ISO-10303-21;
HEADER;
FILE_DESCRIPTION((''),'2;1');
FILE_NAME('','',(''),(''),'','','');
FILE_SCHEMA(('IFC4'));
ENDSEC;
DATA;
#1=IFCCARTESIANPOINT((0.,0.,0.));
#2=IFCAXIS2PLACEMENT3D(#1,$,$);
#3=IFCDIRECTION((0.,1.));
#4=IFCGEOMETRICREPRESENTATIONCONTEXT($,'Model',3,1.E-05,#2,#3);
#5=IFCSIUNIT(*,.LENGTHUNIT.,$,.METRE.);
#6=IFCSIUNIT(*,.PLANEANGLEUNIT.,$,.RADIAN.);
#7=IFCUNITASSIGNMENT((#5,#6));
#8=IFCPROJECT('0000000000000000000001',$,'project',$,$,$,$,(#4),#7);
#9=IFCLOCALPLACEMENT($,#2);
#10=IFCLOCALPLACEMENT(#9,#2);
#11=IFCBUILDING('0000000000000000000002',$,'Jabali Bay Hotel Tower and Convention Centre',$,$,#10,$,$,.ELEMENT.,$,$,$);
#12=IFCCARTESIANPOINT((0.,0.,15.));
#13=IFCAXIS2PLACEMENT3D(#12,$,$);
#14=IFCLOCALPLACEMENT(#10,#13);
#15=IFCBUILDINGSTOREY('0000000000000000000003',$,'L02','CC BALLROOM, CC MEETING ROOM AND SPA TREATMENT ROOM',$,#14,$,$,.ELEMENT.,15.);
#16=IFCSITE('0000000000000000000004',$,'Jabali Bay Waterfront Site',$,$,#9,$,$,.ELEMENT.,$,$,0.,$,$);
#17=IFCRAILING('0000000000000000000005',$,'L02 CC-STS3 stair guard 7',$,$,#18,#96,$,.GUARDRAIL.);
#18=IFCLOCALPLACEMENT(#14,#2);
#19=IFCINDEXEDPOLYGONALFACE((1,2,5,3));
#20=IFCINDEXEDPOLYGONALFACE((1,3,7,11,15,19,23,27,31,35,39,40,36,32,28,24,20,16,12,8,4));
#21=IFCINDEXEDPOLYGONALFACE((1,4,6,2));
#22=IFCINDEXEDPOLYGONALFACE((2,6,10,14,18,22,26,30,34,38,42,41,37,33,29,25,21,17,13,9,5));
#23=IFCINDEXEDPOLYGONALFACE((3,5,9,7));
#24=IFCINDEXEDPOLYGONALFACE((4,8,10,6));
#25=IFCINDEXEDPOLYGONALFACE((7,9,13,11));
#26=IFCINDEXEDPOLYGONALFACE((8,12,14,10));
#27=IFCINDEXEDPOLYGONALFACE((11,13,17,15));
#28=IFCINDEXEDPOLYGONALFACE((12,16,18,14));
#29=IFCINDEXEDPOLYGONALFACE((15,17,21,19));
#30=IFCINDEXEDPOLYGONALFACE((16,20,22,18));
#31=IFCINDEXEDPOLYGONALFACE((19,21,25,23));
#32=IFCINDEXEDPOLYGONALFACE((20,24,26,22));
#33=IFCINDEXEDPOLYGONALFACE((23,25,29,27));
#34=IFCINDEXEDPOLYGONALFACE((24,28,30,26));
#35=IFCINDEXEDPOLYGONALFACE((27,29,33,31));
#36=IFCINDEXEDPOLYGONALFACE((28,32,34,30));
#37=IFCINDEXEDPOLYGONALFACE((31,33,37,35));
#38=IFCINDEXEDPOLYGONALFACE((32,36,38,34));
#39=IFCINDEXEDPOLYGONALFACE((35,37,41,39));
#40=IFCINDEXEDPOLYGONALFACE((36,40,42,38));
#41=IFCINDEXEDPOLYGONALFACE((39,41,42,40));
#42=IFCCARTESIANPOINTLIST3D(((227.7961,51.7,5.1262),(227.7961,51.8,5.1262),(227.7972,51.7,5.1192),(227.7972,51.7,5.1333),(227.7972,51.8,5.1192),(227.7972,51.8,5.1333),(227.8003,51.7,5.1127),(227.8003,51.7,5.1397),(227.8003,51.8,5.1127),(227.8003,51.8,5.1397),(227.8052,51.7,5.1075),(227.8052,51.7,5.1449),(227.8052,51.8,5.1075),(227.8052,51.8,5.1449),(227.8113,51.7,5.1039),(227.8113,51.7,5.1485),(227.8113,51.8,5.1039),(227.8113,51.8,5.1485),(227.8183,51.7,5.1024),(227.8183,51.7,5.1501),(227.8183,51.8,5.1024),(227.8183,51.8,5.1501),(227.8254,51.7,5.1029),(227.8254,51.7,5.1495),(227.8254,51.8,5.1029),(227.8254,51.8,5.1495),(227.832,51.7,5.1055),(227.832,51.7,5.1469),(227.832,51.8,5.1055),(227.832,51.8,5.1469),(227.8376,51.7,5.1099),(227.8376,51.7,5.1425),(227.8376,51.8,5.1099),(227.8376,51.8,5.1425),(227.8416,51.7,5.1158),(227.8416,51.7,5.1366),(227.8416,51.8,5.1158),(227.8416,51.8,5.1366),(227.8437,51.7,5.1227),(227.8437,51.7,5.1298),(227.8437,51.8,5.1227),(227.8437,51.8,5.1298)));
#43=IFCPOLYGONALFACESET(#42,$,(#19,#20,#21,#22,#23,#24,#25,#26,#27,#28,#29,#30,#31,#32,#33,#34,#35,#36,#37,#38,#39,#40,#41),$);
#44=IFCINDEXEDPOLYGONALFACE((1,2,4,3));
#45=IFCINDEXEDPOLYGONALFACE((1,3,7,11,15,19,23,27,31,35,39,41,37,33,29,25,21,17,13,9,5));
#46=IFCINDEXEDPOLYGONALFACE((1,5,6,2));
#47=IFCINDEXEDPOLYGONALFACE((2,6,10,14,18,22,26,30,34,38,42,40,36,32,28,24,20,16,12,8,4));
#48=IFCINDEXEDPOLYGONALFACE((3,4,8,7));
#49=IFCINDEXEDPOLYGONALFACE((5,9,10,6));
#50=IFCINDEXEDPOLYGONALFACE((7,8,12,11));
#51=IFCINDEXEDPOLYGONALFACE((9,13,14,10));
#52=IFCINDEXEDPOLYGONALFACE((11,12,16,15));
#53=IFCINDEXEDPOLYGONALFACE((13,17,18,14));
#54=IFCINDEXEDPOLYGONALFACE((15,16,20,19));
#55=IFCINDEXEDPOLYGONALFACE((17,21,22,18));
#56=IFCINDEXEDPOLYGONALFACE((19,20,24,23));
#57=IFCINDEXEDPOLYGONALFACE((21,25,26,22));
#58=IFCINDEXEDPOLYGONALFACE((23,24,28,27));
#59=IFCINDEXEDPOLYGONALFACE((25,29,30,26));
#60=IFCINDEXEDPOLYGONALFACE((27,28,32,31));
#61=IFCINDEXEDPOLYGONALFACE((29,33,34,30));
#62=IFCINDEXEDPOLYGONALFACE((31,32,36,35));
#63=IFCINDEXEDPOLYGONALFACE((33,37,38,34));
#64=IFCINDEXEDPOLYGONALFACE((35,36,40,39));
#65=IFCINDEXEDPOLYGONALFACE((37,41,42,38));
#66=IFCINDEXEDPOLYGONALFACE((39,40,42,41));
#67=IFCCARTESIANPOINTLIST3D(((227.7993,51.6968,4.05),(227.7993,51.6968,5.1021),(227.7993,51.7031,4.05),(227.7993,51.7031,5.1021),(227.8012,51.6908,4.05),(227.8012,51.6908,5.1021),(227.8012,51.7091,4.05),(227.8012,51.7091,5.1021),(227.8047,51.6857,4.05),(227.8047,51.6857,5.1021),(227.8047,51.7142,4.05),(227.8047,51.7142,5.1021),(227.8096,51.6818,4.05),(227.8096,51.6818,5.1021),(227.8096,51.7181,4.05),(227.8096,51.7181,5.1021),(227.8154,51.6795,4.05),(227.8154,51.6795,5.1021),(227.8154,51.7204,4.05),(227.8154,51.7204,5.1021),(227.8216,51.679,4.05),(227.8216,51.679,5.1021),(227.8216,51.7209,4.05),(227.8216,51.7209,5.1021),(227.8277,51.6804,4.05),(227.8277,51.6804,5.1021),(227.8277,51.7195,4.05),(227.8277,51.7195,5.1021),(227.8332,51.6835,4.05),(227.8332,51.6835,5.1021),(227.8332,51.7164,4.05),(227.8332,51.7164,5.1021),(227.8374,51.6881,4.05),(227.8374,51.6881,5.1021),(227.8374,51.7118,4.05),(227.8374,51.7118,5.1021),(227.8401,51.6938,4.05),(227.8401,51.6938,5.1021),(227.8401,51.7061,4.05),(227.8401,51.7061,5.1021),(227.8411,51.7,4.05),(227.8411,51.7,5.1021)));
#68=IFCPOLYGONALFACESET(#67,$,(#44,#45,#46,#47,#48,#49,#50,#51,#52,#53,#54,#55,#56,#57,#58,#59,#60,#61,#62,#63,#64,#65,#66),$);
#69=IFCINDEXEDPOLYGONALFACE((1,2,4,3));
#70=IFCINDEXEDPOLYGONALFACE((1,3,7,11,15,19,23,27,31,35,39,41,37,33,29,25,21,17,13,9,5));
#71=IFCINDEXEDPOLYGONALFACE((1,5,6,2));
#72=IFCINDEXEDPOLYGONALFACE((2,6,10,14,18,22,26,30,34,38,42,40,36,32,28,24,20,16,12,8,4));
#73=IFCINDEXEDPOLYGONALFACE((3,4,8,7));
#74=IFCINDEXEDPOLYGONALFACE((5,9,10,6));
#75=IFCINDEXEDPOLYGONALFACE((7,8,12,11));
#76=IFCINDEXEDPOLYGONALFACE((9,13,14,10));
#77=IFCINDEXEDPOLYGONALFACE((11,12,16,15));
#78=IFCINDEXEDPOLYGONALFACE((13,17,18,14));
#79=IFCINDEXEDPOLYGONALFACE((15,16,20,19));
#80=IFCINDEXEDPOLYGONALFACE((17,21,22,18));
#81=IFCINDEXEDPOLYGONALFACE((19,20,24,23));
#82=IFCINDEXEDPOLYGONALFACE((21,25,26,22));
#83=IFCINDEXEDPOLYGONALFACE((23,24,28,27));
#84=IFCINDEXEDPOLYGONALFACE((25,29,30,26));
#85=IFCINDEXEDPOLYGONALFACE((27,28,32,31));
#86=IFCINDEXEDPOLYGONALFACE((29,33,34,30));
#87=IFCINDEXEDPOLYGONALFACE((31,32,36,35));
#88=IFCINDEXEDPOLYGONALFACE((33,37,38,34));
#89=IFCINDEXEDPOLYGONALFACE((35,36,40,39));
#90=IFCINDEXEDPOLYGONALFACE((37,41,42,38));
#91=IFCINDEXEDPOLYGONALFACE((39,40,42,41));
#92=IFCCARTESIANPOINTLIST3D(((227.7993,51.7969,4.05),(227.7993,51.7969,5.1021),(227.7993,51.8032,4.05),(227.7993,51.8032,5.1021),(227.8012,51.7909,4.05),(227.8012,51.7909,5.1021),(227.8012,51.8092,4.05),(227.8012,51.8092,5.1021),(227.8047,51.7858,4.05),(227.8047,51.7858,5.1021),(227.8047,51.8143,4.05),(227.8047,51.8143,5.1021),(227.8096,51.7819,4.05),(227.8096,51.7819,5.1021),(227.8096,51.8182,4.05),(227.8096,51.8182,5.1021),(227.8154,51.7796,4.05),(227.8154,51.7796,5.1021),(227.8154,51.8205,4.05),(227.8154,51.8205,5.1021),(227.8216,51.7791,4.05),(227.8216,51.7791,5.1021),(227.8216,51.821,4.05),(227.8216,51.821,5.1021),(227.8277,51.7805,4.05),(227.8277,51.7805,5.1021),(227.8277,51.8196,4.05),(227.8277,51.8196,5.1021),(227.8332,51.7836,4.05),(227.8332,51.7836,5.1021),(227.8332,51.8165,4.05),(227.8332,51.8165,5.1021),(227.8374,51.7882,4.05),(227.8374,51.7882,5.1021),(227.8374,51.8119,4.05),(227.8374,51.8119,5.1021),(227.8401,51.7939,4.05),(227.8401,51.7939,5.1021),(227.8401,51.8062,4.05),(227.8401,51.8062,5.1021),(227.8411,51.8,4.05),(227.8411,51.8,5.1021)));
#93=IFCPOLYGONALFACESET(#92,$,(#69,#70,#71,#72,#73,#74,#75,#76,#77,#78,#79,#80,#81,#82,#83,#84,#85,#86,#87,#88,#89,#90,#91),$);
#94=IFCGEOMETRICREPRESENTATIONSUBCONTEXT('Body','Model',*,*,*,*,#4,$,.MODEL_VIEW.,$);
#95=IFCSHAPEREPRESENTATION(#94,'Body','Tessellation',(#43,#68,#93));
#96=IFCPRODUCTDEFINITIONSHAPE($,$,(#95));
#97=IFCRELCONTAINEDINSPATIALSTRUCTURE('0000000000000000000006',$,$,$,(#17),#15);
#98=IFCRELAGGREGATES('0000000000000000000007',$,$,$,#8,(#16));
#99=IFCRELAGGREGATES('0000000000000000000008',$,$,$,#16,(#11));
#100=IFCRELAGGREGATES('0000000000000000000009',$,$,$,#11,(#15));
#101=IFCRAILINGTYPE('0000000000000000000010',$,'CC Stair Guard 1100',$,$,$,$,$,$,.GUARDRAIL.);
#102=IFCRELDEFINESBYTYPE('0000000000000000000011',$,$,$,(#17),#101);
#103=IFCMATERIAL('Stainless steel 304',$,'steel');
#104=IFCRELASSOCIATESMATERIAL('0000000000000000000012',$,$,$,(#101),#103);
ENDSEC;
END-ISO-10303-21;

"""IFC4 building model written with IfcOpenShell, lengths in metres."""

from ifc_helpers import new_model, si_unit, direction, frame, origin, origin_2d, place, context, subcontext, project, spatial, circle, extrude, material, type_object, element, save


model = new_model("IFC4")

# Units and contexts
model_context = context("Model", 3, precision=1e-05, world=origin(), true_north=direction((0.0, 1.0)))
body_context = subcontext(model_context, "Body", "Model", "MODEL_VIEW")
ifc_project = project(units=[si_unit("LENGTHUNIT", "METRE"), si_unit("PLANEANGLEUNIT", "RADIAN")], contexts=[model_context])

# Site, building, storey
site_placement = place(None, origin())
site = spatial("IfcSite", under=ifc_project, at=site_placement, Name="Jabali Bay Waterfront Site", CompositionType="ELEMENT", RefElevation=0.0)
building_placement = place(site_placement, origin())
building = spatial("IfcBuilding", under=site, at=building_placement, Name="Jabali Bay Hotel Tower and Convention Centre", CompositionType="ELEMENT")
storey_placement = place(building_placement, frame((0.0, 0.0, 15.0)))
storey = spatial("IfcBuildingStorey", under=building, at=storey_placement, Name="L02", Description="CC BALLROOM, CC MEETING ROOM AND SPA TREATMENT ROOM", CompositionType="ELEMENT", Elevation=15.0)

# Railing
ifc_material_1 = material(Name="Stainless steel 304", Category="steel")
railing_type_1 = type_object("IfcRailingType", Name="CC Stair Guard 1100", PredefinedType="GUARDRAIL", material=ifc_material_1)
railing_1_placement = place(storey_placement, frame((227.8201, 51.7, 4.05)))
element("IfcRailing", 1, at=railing_1_placement, inside=storey, type_object=railing_type_1, Name="L02 CC-STS3 stair guard 7", PredefinedType="GUARDRAIL", context=body_context, shape_type="SweptSolid", body=[
    extrude(circle(Radius=0.0239, at=origin_2d()), frame((0.0, 0.0, 1.0762), z_axis=(0.0, 1.0, 0.0), x_axis=(-1.0, 0.0, 0.0)), (0.0, 0.0, 1.0), 0.1001),
    extrude(circle(Radius=0.021, at=origin_2d()), origin(), (0.0, 0.0, 1.0), 1.052),
    extrude(circle(Radius=0.021, at=origin_2d()), frame((0.0, 0.1001, 0.0)), (0.0, 0.0, 1.0), 1.052),
])

save(model, "model.ifc")
